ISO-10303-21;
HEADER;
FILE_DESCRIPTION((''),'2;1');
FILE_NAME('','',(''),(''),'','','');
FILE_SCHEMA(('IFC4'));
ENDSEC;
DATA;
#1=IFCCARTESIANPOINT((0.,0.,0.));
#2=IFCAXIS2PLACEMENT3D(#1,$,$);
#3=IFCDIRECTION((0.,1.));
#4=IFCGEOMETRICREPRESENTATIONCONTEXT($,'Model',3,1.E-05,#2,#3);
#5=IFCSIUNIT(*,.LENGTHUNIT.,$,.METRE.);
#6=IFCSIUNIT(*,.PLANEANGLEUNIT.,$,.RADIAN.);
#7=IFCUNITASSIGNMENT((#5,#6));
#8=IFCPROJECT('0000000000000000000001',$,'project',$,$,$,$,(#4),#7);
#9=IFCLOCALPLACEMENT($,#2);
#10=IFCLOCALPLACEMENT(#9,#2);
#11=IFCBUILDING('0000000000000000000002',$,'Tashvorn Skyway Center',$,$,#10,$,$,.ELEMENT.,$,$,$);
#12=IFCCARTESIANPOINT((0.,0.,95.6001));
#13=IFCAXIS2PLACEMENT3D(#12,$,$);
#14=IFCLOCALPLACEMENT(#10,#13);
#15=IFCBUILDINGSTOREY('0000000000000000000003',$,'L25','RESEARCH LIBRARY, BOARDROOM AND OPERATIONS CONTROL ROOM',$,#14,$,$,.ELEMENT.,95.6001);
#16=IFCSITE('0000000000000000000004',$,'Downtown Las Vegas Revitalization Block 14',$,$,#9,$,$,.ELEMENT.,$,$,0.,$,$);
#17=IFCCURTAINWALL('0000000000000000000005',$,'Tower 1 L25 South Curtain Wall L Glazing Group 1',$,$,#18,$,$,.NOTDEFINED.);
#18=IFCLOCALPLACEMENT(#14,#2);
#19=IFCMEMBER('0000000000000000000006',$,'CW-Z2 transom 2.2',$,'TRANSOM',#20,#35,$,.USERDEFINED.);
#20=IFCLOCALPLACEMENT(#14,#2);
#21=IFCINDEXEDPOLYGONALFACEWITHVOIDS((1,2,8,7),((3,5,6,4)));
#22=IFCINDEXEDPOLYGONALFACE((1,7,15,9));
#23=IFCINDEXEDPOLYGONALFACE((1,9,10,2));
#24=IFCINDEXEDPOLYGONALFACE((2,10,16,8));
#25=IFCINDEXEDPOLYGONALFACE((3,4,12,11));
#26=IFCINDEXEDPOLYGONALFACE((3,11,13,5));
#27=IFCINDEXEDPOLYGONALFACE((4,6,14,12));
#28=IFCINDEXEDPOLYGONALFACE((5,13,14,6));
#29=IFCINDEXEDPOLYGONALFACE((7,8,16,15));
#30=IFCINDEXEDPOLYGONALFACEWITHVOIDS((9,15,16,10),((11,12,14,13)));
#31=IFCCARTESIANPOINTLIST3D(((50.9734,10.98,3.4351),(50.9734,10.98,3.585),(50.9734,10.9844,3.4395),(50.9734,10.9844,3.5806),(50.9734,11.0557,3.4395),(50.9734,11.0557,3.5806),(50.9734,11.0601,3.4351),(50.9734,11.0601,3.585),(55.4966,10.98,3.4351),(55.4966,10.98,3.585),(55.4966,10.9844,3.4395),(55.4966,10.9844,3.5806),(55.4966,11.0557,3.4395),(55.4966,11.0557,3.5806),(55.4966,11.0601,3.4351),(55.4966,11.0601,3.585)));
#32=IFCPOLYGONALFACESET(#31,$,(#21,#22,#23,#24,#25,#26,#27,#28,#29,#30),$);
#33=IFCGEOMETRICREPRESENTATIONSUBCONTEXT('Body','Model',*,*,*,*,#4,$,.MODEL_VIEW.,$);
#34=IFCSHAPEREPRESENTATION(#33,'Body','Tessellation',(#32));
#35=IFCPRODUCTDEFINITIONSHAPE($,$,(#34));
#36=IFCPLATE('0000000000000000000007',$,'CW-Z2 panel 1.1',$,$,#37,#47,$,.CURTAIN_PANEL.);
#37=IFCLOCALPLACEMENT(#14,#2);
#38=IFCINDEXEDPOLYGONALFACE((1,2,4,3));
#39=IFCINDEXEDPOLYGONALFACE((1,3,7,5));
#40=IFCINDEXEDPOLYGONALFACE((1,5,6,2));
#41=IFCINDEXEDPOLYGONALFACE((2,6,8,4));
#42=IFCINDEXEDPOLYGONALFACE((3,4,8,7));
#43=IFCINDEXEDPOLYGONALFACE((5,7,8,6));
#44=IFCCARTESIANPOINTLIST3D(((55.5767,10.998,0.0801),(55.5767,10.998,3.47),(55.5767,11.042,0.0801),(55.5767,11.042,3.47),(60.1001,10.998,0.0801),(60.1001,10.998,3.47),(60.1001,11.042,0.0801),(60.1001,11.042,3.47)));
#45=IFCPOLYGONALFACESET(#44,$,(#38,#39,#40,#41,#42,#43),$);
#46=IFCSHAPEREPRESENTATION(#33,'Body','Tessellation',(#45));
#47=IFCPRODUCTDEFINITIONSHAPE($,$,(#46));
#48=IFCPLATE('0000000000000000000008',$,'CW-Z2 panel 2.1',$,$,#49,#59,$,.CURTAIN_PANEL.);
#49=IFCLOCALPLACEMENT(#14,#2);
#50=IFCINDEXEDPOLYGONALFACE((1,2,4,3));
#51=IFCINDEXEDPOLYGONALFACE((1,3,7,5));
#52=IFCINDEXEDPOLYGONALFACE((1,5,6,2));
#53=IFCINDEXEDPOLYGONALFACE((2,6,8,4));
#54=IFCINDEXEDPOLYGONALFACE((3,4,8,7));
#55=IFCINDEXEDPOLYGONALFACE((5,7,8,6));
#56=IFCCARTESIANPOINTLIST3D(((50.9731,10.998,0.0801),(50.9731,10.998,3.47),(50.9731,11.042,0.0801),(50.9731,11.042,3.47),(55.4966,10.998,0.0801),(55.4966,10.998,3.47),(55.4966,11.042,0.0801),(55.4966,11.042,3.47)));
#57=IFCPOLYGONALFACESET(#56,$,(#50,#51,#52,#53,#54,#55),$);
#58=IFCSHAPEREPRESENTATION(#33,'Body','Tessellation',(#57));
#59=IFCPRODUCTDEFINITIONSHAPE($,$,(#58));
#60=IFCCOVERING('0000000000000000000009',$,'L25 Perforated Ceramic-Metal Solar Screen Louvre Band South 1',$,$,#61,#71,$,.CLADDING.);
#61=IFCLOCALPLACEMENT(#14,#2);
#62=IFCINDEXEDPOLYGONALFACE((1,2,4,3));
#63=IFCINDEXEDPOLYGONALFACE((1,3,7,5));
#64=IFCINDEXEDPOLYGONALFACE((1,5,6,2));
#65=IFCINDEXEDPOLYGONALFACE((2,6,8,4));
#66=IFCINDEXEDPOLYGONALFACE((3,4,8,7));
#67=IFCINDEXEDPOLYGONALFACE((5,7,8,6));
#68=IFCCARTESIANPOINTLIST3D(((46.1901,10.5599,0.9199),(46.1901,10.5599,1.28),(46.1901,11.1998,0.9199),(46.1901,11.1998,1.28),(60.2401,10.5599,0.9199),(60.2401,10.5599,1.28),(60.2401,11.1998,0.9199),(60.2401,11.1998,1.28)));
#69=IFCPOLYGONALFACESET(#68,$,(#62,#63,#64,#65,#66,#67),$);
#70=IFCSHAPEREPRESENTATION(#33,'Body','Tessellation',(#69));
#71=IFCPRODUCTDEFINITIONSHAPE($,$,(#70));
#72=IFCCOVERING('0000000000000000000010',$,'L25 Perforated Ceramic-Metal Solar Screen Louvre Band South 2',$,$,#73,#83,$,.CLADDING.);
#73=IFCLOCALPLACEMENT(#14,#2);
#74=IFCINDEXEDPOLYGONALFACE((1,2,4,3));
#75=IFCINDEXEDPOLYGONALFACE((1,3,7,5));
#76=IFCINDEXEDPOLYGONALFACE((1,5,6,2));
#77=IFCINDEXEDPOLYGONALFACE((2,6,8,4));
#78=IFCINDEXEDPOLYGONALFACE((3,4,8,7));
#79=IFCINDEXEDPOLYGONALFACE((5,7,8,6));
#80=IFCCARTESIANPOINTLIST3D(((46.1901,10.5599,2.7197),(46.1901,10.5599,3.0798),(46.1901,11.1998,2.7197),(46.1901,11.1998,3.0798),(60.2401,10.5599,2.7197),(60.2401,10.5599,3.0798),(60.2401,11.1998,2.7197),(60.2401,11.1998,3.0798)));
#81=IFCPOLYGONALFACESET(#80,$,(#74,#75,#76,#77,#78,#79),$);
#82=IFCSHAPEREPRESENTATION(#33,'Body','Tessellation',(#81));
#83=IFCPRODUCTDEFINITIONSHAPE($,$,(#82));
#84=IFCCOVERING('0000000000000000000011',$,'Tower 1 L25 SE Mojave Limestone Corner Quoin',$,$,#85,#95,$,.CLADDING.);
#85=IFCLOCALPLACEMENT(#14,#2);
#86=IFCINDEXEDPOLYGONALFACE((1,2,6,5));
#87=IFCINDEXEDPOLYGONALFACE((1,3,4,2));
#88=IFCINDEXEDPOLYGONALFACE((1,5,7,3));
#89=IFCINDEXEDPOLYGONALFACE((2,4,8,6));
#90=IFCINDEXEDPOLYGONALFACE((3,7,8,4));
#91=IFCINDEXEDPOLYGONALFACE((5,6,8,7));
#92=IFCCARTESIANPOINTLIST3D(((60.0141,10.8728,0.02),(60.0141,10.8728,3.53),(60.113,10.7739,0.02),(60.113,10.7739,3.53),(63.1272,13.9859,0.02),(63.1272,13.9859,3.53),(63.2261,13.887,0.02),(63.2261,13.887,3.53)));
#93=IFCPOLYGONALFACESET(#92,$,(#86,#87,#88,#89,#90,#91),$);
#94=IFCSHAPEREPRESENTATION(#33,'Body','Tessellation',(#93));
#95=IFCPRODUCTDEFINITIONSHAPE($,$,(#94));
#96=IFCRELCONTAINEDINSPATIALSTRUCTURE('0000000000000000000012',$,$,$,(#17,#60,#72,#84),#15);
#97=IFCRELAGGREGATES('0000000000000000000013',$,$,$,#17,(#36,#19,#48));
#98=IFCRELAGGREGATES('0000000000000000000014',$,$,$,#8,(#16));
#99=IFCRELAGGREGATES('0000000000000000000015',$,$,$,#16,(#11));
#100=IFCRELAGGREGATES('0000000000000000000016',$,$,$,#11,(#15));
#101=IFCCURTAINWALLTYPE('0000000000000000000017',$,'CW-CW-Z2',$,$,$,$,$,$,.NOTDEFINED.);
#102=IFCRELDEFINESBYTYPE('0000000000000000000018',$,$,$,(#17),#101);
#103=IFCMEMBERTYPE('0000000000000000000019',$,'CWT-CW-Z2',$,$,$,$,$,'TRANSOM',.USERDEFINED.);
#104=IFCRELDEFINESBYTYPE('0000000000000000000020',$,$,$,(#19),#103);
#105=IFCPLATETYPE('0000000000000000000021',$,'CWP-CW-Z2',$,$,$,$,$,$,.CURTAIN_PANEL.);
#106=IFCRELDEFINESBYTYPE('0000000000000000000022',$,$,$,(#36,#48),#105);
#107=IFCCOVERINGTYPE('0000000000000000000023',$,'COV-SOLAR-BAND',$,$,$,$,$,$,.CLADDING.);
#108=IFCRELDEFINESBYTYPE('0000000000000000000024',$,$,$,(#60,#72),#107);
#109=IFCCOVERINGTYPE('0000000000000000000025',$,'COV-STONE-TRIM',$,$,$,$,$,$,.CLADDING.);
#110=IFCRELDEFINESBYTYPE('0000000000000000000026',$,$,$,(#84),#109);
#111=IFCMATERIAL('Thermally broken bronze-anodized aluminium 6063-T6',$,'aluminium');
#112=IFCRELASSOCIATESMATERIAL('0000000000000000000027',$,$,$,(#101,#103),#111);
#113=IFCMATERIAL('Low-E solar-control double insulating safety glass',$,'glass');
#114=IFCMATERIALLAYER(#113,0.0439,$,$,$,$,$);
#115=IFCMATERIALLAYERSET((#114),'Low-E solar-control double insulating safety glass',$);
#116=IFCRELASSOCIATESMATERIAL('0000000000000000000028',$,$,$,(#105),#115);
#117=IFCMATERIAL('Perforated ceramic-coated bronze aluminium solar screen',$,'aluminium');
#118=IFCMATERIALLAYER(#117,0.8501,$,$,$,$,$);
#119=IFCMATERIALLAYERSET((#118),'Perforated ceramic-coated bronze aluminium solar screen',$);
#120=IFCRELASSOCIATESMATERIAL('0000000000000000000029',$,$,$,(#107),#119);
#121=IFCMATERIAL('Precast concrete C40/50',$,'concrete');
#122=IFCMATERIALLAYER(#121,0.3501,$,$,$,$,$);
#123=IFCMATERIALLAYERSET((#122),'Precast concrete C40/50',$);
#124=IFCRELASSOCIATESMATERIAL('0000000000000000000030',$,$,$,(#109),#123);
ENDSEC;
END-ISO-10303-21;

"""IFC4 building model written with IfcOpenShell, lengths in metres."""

from ifc_helpers import new_model, si_unit, direction, frame, origin, origin_2d, place, context, subcontext, project, spatial, rectangle, hollow_rectangle, extrude, material, layer, layer_set, material_profile, profile_set, type_object, element, aggregate, save


model = new_model("IFC4")

# Units and contexts
model_context = context("Model", 3, precision=1e-05, world=origin(), true_north=direction((0.0, 1.0)))
body_context = subcontext(model_context, "Body", "Model", "MODEL_VIEW")
ifc_project = project(units=[si_unit("LENGTHUNIT", "METRE"), si_unit("PLANEANGLEUNIT", "RADIAN")], contexts=[model_context])

# Site, building, storey
site_placement = place(None, origin())
site = spatial("IfcSite", under=ifc_project, at=site_placement, Name="Downtown Las Vegas Revitalization Block 14", CompositionType="ELEMENT", RefElevation=0.0)
building_placement = place(site_placement, origin())
building = spatial("IfcBuilding", under=site, at=building_placement, Name="Tashvorn Skyway Center", CompositionType="ELEMENT")
storey_placement = place(building_placement, frame((0.0, 0.0, 95.6001)))
storey = spatial("IfcBuildingStorey", under=building, at=storey_placement, Name="L25", Description="RESEARCH LIBRARY, BOARDROOM AND OPERATIONS CONTROL ROOM", CompositionType="ELEMENT", Elevation=95.6001)

# Curtain wall
ifc_material_1 = material(Name="Thermally broken bronze-anodized aluminium 6063-T6", Category="aluminium")
curtain_wall_type = type_object("IfcCurtainWallType", Name="CW-CW-Z2", PredefinedType="NOTDEFINED", material=ifc_material_1)
curtain_wall_1_placement = place(storey_placement, origin())
curtain_wall_1 = element("IfcCurtainWall", 1, at=curtain_wall_1_placement, inside=storey, type_object=curtain_wall_type, Name="Tower 1 L25 South Curtain Wall L Glazing Group 1", PredefinedType="NOTDEFINED")

# Member
ifc_material_profile_1 = material_profile(ifc_material_1, hollow_rectangle(XDim=0.0801, YDim=0.1499, WallThickness=0.0044, at=origin_2d()), Name="ALU-TRAN-80x150")
ifc_profile_set_1 = profile_set([ifc_material_profile_1], Name="Thermally broken bronze-anodized aluminium 6063-T6")
member_type_1 = type_object("IfcMemberType", Name="CWT-CW-Z2", ElementType="TRANSOM", PredefinedType="USERDEFINED", material=ifc_profile_set_1)
member_1_placement = place(storey_placement, frame((55.4966, 11.02, 3.51), z_axis=(-1.0, 0.0, 0.0), x_axis=(0.0, -1.0, 0.0)))
member_1 = element("IfcMember", 2, at=member_1_placement, type_object=member_type_1, Name="CW-Z2 transom 2.2", ObjectType="TRANSOM", PredefinedType="USERDEFINED", context=body_context, shape_type="SweptSolid", body=[
    extrude(hollow_rectangle(XDim=0.0801, YDim=0.1499, WallThickness=0.0044, at=origin_2d()), origin(), (0.0, 0.0, 1.0), 4.5232),
])

# Plates
ifc_material_2 = material(Name="Low-E solar-control double insulating safety glass", Category="glass")
ifc_layer_1 = layer(ifc_material_2, 0.0439)
ifc_layer_set_1 = layer_set([ifc_layer_1], Name="Low-E solar-control double insulating safety glass")
plate_type = type_object("IfcPlateType", Name="CWP-CW-Z2", PredefinedType="CURTAIN_PANEL", material=ifc_layer_set_1)
plate_1_placement = place(storey_placement, frame((57.8384, 11.02, 0.0801), z_axis=(0.0, 0.0, 1.0), x_axis=(-1.0, 0.0, 0.0)))
plate_1 = element("IfcPlate", 3, at=plate_1_placement, type_object=plate_type, Name="CW-Z2 panel 1.1", PredefinedType="CURTAIN_PANEL", context=body_context, shape_type="SweptSolid", body=[
    extrude(rectangle(XDim=4.5234, YDim=0.0439, at=origin_2d()), origin(), (0.0, 0.0, 1.0), 3.3899),
])
plate_2_placement = place(storey_placement, frame((53.2349, 11.02, 0.0801), z_axis=(0.0, 0.0, 1.0), x_axis=(-1.0, 0.0, 0.0)))
plate_2 = element("IfcPlate", 4, at=plate_2_placement, type_object=plate_type, Name="CW-Z2 panel 2.1", PredefinedType="CURTAIN_PANEL", context=body_context, shape_type="SweptSolid", body=[
    extrude(rectangle(XDim=4.5234, YDim=0.0439, at=origin_2d()), origin(), (0.0, 0.0, 1.0), 3.3899),
])
aggregate(curtain_wall_1, [plate_1, member_1, plate_2])

# Coverings
ifc_material_3 = material(Name="Perforated ceramic-coated bronze aluminium solar screen", Category="aluminium")
ifc_layer_2 = layer(ifc_material_3, 0.8501)
ifc_layer_set_2 = layer_set([ifc_layer_2], Name="Perforated ceramic-coated bronze aluminium solar screen")
covering_type_1 = type_object("IfcCoveringType", Name="COV-SOLAR-BAND", PredefinedType="CLADDING", material=ifc_layer_set_2)
for number, where, z_axis, x_axis, name in (
    (5, (53.2151, 10.8799, 0.9199), (0.0, 0.0, 1.0), (-1.0, 0.0, 0.0), "L25 Perforated Ceramic-Metal Solar Screen Louvre Band South 1"),
    (6, (53.2151, 10.8799, 2.7197), (0.0, 0.0, 1.0), (-1.0, 0.0, 0.0), "L25 Perforated Ceramic-Metal Solar Screen Louvre Band South 2"),
):
    element("IfcCovering", number, at=place(storey_placement, frame(where, z_axis=z_axis, x_axis=x_axis)), inside=storey, type_object=covering_type_1, Name=name, PredefinedType="CLADDING", context=body_context, shape_type="SweptSolid", body=[
        extrude(rectangle(XDim=14.05, YDim=0.6399, at=origin_2d()), origin(), (0.0, 0.0, 1.0), 0.3601),
    ])
ifc_material_4 = material(Name="Precast concrete C40/50", Category="concrete")
ifc_layer_3 = layer(ifc_material_4, 0.3501)
ifc_layer_set_3 = layer_set([ifc_layer_3], Name="Precast concrete C40/50")
covering_type_2 = type_object("IfcCoveringType", Name="COV-STONE-TRIM", PredefinedType="CLADDING", material=ifc_layer_set_3)
covering_placement = place(storey_placement, frame((61.6201, 12.3799, 0.02), z_axis=(0.0, 0.0, 1.0), x_axis=(0.707107, 0.707107, 0.0)))
element("IfcCovering", 7, at=covering_placement, inside=storey, type_object=covering_type_2, Name="Tower 1 L25 SE Mojave Limestone Corner Quoin", PredefinedType="CLADDING", context=body_context, shape_type="SweptSolid", body=[
    extrude(rectangle(XDim=4.4026, YDim=0.1399, at=origin_2d()), origin(), (0.0, 0.0, 1.0), 3.51),
])

save(model, "model.ifc")
